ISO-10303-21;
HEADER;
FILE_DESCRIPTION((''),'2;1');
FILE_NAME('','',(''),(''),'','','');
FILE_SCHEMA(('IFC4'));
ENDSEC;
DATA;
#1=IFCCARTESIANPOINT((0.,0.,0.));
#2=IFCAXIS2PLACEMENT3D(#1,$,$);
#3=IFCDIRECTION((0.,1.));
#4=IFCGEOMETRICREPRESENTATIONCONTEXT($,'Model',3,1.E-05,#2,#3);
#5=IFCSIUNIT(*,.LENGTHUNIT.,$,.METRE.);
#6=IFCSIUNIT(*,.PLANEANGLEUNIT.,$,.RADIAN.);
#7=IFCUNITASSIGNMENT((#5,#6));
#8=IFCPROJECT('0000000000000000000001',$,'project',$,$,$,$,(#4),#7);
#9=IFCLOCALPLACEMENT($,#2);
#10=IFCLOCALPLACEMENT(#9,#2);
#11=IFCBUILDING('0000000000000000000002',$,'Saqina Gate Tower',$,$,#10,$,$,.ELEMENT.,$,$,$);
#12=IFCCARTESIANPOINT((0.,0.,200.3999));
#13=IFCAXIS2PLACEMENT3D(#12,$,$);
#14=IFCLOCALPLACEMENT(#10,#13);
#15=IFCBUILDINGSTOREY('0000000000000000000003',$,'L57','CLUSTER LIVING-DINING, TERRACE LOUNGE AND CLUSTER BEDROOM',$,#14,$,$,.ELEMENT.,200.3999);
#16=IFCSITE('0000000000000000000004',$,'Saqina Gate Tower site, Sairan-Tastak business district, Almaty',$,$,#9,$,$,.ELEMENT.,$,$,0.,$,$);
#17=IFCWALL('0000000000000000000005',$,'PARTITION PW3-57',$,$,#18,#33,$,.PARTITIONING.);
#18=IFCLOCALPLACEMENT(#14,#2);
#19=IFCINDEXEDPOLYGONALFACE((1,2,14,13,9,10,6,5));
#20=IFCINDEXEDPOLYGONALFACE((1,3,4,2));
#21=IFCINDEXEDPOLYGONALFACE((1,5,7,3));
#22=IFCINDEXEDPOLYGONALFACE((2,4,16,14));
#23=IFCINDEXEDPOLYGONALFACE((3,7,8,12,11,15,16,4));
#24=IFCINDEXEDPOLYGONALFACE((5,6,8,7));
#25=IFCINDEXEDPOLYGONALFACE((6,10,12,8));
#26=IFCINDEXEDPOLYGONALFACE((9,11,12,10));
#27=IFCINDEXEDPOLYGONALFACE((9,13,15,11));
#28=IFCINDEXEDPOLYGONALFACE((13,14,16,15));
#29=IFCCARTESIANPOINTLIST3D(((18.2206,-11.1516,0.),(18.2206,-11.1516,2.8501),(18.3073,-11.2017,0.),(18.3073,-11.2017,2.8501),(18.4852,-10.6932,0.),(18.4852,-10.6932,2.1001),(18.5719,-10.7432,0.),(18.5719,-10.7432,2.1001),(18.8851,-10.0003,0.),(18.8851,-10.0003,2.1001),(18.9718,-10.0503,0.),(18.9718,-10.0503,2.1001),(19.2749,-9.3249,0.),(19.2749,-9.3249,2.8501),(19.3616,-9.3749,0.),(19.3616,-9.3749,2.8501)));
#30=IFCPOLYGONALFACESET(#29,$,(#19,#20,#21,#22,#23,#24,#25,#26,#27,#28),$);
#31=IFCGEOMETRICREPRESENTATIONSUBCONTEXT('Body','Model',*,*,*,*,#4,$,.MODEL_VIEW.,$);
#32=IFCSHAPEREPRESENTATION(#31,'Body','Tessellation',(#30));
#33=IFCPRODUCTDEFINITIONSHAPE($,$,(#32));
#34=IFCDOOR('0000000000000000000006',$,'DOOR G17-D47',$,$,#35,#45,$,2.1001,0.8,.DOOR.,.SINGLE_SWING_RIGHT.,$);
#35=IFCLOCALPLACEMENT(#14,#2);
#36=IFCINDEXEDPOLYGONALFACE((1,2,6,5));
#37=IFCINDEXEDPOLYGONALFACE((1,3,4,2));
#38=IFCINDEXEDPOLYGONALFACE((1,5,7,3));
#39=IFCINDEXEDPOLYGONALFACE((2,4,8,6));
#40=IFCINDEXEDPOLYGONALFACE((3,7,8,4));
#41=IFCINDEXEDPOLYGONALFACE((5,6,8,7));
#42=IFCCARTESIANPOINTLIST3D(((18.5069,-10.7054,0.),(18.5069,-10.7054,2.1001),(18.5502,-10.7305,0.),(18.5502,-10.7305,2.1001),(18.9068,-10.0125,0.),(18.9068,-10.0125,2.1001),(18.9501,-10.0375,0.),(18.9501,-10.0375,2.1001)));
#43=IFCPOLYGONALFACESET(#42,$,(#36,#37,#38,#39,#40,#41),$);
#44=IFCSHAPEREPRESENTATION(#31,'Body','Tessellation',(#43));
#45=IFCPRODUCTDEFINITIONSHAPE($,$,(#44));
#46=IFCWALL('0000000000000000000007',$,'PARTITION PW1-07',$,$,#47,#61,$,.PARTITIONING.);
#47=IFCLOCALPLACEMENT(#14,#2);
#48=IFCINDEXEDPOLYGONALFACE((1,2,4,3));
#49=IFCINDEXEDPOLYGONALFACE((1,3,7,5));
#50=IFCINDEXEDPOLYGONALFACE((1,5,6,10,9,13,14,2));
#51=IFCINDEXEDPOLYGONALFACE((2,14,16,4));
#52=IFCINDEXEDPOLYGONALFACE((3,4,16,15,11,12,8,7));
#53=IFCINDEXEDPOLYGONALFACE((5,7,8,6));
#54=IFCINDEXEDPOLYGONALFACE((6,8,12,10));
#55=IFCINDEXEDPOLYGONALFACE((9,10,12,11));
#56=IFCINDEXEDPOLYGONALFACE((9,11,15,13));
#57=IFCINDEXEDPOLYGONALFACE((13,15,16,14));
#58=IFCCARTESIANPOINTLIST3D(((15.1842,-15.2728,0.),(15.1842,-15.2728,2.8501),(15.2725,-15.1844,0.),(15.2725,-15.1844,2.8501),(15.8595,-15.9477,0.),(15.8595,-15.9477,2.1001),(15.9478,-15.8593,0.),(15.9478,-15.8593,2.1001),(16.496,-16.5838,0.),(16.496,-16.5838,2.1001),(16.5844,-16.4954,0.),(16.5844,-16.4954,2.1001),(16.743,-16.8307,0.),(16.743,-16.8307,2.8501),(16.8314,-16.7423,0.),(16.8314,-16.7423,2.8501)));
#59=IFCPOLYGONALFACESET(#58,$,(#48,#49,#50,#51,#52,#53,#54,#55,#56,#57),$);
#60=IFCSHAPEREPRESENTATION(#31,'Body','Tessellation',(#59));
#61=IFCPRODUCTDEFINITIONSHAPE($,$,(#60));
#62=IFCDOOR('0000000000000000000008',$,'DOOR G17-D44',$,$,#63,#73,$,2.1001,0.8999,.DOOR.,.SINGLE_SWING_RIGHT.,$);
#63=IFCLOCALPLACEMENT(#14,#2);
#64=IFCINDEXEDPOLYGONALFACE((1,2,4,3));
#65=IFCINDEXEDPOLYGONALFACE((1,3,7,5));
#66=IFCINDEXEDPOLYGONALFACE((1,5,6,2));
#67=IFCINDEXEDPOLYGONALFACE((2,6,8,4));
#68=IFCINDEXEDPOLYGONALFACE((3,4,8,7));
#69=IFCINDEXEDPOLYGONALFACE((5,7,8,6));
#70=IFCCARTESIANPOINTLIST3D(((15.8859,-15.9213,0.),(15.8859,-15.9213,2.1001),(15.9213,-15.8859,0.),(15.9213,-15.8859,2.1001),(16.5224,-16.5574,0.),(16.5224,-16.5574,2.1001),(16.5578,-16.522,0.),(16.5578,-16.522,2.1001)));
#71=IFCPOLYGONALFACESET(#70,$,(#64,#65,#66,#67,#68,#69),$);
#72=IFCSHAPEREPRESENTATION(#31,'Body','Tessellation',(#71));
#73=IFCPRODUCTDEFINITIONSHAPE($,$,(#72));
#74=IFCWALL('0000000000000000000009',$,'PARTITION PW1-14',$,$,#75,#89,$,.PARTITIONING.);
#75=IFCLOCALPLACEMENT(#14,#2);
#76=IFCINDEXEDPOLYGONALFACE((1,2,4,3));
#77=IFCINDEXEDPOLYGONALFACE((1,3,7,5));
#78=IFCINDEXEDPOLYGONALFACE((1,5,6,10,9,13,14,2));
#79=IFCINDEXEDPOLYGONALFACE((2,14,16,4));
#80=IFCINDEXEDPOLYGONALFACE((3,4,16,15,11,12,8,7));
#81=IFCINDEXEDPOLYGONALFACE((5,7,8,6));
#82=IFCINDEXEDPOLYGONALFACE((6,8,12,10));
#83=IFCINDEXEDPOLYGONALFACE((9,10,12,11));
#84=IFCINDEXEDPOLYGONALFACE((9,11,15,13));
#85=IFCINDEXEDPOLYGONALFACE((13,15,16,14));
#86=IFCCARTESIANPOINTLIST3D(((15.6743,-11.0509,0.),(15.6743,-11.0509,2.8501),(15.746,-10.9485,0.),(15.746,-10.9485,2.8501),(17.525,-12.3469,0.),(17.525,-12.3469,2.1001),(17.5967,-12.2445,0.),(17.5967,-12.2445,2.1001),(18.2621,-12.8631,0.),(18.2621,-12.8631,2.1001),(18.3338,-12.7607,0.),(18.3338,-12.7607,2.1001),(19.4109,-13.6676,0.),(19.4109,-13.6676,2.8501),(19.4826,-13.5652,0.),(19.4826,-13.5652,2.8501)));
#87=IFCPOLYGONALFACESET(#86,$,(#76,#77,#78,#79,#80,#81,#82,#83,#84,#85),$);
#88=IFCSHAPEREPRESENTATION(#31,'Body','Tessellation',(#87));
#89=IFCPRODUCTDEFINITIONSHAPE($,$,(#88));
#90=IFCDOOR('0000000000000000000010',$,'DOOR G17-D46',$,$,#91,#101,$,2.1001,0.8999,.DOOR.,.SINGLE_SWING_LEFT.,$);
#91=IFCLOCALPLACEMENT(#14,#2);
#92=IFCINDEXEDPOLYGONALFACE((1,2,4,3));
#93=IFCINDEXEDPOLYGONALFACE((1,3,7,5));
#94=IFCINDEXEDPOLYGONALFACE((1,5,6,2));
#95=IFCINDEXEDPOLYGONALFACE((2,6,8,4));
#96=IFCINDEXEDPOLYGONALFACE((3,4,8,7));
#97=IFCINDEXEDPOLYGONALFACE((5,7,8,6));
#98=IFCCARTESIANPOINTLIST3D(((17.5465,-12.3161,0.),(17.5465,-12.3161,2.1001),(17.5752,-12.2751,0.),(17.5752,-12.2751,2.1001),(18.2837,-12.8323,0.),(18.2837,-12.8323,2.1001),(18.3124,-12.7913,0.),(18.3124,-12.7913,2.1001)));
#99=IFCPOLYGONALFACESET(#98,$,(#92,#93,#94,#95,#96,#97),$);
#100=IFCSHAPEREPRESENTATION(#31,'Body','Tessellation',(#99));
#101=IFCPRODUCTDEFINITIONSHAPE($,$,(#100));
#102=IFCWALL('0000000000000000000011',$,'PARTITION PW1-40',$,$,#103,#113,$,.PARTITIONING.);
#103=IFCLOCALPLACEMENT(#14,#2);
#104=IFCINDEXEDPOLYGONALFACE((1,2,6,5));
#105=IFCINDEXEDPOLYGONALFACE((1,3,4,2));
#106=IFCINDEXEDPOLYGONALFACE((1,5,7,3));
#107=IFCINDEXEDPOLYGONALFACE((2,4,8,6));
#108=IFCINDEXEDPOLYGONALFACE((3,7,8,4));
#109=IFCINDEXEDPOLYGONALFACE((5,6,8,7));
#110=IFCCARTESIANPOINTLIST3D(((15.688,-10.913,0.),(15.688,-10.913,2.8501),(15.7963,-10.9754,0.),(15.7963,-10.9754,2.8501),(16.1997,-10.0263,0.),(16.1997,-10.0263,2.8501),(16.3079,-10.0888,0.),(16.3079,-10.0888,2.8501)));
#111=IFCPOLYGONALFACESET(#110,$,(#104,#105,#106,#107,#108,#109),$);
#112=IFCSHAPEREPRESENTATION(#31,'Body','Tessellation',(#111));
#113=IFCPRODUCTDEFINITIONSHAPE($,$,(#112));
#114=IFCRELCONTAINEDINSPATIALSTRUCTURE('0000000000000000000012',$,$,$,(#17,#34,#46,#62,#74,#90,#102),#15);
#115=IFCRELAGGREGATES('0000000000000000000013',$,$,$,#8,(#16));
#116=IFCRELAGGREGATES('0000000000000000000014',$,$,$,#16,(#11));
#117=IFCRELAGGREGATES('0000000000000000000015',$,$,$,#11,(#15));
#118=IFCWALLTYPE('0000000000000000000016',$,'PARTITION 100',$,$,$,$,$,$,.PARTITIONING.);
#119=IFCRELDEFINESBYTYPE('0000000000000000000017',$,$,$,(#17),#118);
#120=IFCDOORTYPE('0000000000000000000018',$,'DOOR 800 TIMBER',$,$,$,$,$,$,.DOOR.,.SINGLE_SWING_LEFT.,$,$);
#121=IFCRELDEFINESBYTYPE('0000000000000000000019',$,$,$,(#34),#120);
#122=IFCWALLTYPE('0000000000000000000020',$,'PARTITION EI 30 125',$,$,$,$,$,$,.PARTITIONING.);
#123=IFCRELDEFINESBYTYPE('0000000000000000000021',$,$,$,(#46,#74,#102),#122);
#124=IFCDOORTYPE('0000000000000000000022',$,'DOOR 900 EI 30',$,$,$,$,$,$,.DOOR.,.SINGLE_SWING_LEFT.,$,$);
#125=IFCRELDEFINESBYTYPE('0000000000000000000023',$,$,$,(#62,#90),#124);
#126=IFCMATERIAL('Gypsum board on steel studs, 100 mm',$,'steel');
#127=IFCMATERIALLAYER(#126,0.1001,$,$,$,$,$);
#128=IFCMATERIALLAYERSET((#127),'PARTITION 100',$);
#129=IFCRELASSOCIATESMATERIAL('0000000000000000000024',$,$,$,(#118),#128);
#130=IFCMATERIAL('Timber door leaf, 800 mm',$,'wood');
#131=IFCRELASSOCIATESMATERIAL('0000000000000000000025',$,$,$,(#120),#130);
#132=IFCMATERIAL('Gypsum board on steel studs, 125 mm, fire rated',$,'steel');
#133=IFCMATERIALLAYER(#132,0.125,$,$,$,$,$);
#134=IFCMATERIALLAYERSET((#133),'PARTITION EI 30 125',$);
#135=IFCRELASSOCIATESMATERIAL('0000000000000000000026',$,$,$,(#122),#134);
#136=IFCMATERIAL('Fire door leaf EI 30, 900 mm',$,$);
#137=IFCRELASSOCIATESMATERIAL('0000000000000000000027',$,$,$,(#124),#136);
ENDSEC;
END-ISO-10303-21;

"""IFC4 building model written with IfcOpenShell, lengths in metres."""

from ifc_helpers import new_model, si_unit, direction, frame, frame_2d, origin, place, context, subcontext, project, spatial, rectangle, extrude, material, layer, layer_set, type_object, element, fill, save


model = new_model("IFC4")

# Units and contexts
model_context = context("Model", 3, precision=1e-05, world=origin(), true_north=direction((0.0, 1.0)))
body_context = subcontext(model_context, "Body", "Model", "MODEL_VIEW")
ifc_project = project(units=[si_unit("LENGTHUNIT", "METRE"), si_unit("PLANEANGLEUNIT", "RADIAN")], contexts=[model_context])

# Site, building, storey
site_placement = place(None, origin())
site = spatial("IfcSite", under=ifc_project, at=site_placement, Name="Saqina Gate Tower site, Sairan-Tastak business district, Almaty", CompositionType="ELEMENT", RefElevation=0.0)
building_placement = place(site_placement, origin())
building = spatial("IfcBuilding", under=site, at=building_placement, Name="Saqina Gate Tower", CompositionType="ELEMENT")
storey_placement = place(building_placement, frame((0.0, 0.0, 200.3999)))
storey = spatial("IfcBuildingStorey", under=building, at=storey_placement, Name="L57", Description="CLUSTER LIVING-DINING, TERRACE LOUNGE AND CLUSTER BEDROOM", CompositionType="ELEMENT", Elevation=200.3999)

# Shared definitions
ifc_material_1 = material(Name="Gypsum board on steel studs, 100 mm", Category="steel")
ifc_layer_1 = layer(ifc_material_1, 0.1001)
ifc_layer_set_1 = layer_set([ifc_layer_1], Name="PARTITION 100")
wall_type_1 = type_object("IfcWallType", Name="PARTITION 100", PredefinedType="PARTITIONING", material=ifc_layer_set_1)

# Walls, openings, doors
wall_1_placement = place(storey_placement, frame((18.2639, -11.1768, 0.0), z_axis=(0.0, 0.0, 1.0), x_axis=(0.499849, 0.866112, 0.0)))
wall_1 = element("IfcWall", 1, at=wall_1_placement, inside=storey, type_object=wall_type_1, Name="PARTITION PW3-57", PredefinedType="PARTITIONING", context=body_context, shape_type="SweptSolid", body=[
    extrude(rectangle(XDim=2.1091, YDim=0.1001, at=frame_2d((1.0547, 0.0))), origin(), (0.0, 0.0, 1.0), 2.8501),
])
opening_1_placement = place(wall_1_placement, frame((0.5295, 0.0, 0.0)))
opening_1 = element("IfcOpeningElement", 2, at=opening_1_placement, cuts=wall_1, PredefinedType="OPENING", context=body_context, shape_type="SweptSolid", body=[
    extrude(rectangle(XDim=0.8, YDim=2.1001, at=frame_2d((0.3999, 1.05))), frame((0.0, 0.062, 0.0), z_axis=(0.0, -1.0, 0.0), x_axis=(1.0, 0.0, 0.0)), (0.0, 0.0, 1.0), 0.124),
])
ifc_material_2 = material(Name="Timber door leaf, 800 mm", Category="wood")
door_type_1 = type_object("IfcDoorType", Name="DOOR 800 TIMBER", OperationType="SINGLE_SWING_LEFT", PredefinedType="DOOR", material=ifc_material_2)
door_1_placement = place(opening_1_placement, frame((0.8, 0.0, 0.0), z_axis=(0.0, 0.0, 1.0), x_axis=(-1.0, 0.0, 0.0)))
door_1 = element("IfcDoor", 3, at=door_1_placement, inside=storey, type_object=door_type_1, Name="DOOR G17-D47", OperationType="SINGLE_SWING_RIGHT", OverallHeight=2.1001, OverallWidth=0.8, PredefinedType="DOOR", context=body_context, shape_type="SweptSolid", body=[
    extrude(rectangle(XDim=0.8, YDim=2.1001, at=frame_2d((0.3999, 1.05))), frame((0.0, 0.0249, 0.0), z_axis=(0.0, -1.0, 0.0), x_axis=(1.0, 0.0, 0.0)), (0.0, 0.0, 1.0), 0.05),
])
fill(opening_1, door_1)
ifc_material_3 = material(Name="Gypsum board on steel studs, 125 mm, fire rated", Category="steel")
ifc_layer_2 = layer(ifc_material_3, 0.125)
ifc_layer_set_2 = layer_set([ifc_layer_2], Name="PARTITION EI 30 125")
wall_type_2 = type_object("IfcWallType", Name="PARTITION EI 30 125", PredefinedType="PARTITIONING", material=ifc_layer_set_2)
wall_2_placement = place(storey_placement, frame((15.2283, -15.2285, 0.0), z_axis=(0.0, 0.0, 1.0), x_axis=(0.707328, -0.706885, 0.0)))
wall_2 = element("IfcWall", 4, at=wall_2_placement, inside=storey, type_object=wall_type_2, Name="PARTITION PW1-07", PredefinedType="PARTITIONING", context=body_context, shape_type="SweptSolid", body=[
    extrude(rectangle(XDim=2.2039, YDim=0.125, at=frame_2d((1.1021, 0.0))), origin(), (0.0, 0.0, 1.0), 2.8501),
])
opening_2_placement = place(wall_2_placement, frame((0.9548, 0.0, 0.0)))
opening_2 = element("IfcOpeningElement", 5, at=opening_2_placement, cuts=wall_2, PredefinedType="OPENING", context=body_context, shape_type="SweptSolid", body=[
    extrude(rectangle(XDim=0.8999, YDim=2.1001, at=frame_2d((0.45, 1.05))), frame((0.0, 0.0745, 0.0), z_axis=(0.0, -1.0, 0.0), x_axis=(1.0, 0.0, 0.0)), (0.0, 0.0, 1.0), 0.1489),
])
ifc_material_4 = material(Name="Fire door leaf EI 30, 900 mm")
door_type_2 = type_object("IfcDoorType", Name="DOOR 900 EI 30", OperationType="SINGLE_SWING_LEFT", PredefinedType="DOOR", material=ifc_material_4)
door_2_placement = place(opening_2_placement, origin())
door_2 = element("IfcDoor", 6, at=door_2_placement, inside=storey, type_object=door_type_2, Name="DOOR G17-D44", OperationType="SINGLE_SWING_RIGHT", OverallHeight=2.1001, OverallWidth=0.8999, PredefinedType="DOOR", context=body_context, shape_type="SweptSolid", body=[
    extrude(rectangle(XDim=0.8999, YDim=2.1001, at=frame_2d((0.45, 1.05))), frame((0.0, 0.0249, 0.0), z_axis=(0.0, -1.0, 0.0), x_axis=(1.0, 0.0, 0.0)), (0.0, 0.0, 1.0), 0.05),
])
fill(opening_2, door_2)
wall_3_placement = place(storey_placement, frame((15.7102, -10.9998, 0.0), z_axis=(0.0, 0.0, 1.0), x_axis=(0.819119, -0.573624, 0.0)))
wall_3 = element("IfcWall", 7, at=wall_3_placement, inside=storey, type_object=wall_type_2, Name="PARTITION PW1-14", PredefinedType="PARTITIONING", context=body_context, shape_type="SweptSolid", body=[
    extrude(rectangle(XDim=4.5618, YDim=0.125, at=frame_2d((2.2808, 0.0))), origin(), (0.0, 0.0, 1.0), 2.8501),
])
opening_3_placement = place(wall_3_placement, frame((2.2593, 0.0, 0.0)))
opening_3 = element("IfcOpeningElement", 8, at=opening_3_placement, cuts=wall_3, PredefinedType="OPENING", context=body_context, shape_type="SweptSolid", body=[
    extrude(rectangle(XDim=0.8999, YDim=2.1001, at=frame_2d((0.45, 1.05))), frame((0.0, 0.0745, 0.0), z_axis=(0.0, -1.0, 0.0), x_axis=(1.0, 0.0, 0.0)), (0.0, 0.0, 1.0), 0.1489),
])
door_3_placement = place(opening_3_placement, frame((0.8999, 0.0, 0.0), z_axis=(0.0, 0.0, 1.0), x_axis=(-1.0, 0.0, 0.0)))
door_3 = element("IfcDoor", 9, at=door_3_placement, inside=storey, type_object=door_type_2, Name="DOOR G17-D46", OperationType="SINGLE_SWING_LEFT", OverallHeight=2.1001, OverallWidth=0.8999, PredefinedType="DOOR", context=body_context, shape_type="SweptSolid", body=[
    extrude(rectangle(XDim=0.8999, YDim=2.1001, at=frame_2d((0.45, 1.05))), frame((0.0, 0.0249, 0.0), z_axis=(0.0, -1.0, 0.0), x_axis=(1.0, 0.0, 0.0)), (0.0, 0.0, 1.0), 0.05),
])
fill(opening_3, door_3)

# Wall
wall_4_placement = place(storey_placement, frame((15.7422, -10.9441, 0.0), z_axis=(0.0, 0.0, 1.0), x_axis=(0.499833, 0.866122, 0.0)))
element("IfcWall", 10, at=wall_4_placement, inside=storey, type_object=wall_type_2, Name="PARTITION PW1-40", PredefinedType="PARTITIONING", context=body_context, shape_type="SweptSolid", body=[
    extrude(rectangle(XDim=1.0237, YDim=0.125, at=frame_2d((0.5117, 0.0))), origin(), (0.0, 0.0, 1.0), 2.8501),
])

save(model, "model.ifc")
